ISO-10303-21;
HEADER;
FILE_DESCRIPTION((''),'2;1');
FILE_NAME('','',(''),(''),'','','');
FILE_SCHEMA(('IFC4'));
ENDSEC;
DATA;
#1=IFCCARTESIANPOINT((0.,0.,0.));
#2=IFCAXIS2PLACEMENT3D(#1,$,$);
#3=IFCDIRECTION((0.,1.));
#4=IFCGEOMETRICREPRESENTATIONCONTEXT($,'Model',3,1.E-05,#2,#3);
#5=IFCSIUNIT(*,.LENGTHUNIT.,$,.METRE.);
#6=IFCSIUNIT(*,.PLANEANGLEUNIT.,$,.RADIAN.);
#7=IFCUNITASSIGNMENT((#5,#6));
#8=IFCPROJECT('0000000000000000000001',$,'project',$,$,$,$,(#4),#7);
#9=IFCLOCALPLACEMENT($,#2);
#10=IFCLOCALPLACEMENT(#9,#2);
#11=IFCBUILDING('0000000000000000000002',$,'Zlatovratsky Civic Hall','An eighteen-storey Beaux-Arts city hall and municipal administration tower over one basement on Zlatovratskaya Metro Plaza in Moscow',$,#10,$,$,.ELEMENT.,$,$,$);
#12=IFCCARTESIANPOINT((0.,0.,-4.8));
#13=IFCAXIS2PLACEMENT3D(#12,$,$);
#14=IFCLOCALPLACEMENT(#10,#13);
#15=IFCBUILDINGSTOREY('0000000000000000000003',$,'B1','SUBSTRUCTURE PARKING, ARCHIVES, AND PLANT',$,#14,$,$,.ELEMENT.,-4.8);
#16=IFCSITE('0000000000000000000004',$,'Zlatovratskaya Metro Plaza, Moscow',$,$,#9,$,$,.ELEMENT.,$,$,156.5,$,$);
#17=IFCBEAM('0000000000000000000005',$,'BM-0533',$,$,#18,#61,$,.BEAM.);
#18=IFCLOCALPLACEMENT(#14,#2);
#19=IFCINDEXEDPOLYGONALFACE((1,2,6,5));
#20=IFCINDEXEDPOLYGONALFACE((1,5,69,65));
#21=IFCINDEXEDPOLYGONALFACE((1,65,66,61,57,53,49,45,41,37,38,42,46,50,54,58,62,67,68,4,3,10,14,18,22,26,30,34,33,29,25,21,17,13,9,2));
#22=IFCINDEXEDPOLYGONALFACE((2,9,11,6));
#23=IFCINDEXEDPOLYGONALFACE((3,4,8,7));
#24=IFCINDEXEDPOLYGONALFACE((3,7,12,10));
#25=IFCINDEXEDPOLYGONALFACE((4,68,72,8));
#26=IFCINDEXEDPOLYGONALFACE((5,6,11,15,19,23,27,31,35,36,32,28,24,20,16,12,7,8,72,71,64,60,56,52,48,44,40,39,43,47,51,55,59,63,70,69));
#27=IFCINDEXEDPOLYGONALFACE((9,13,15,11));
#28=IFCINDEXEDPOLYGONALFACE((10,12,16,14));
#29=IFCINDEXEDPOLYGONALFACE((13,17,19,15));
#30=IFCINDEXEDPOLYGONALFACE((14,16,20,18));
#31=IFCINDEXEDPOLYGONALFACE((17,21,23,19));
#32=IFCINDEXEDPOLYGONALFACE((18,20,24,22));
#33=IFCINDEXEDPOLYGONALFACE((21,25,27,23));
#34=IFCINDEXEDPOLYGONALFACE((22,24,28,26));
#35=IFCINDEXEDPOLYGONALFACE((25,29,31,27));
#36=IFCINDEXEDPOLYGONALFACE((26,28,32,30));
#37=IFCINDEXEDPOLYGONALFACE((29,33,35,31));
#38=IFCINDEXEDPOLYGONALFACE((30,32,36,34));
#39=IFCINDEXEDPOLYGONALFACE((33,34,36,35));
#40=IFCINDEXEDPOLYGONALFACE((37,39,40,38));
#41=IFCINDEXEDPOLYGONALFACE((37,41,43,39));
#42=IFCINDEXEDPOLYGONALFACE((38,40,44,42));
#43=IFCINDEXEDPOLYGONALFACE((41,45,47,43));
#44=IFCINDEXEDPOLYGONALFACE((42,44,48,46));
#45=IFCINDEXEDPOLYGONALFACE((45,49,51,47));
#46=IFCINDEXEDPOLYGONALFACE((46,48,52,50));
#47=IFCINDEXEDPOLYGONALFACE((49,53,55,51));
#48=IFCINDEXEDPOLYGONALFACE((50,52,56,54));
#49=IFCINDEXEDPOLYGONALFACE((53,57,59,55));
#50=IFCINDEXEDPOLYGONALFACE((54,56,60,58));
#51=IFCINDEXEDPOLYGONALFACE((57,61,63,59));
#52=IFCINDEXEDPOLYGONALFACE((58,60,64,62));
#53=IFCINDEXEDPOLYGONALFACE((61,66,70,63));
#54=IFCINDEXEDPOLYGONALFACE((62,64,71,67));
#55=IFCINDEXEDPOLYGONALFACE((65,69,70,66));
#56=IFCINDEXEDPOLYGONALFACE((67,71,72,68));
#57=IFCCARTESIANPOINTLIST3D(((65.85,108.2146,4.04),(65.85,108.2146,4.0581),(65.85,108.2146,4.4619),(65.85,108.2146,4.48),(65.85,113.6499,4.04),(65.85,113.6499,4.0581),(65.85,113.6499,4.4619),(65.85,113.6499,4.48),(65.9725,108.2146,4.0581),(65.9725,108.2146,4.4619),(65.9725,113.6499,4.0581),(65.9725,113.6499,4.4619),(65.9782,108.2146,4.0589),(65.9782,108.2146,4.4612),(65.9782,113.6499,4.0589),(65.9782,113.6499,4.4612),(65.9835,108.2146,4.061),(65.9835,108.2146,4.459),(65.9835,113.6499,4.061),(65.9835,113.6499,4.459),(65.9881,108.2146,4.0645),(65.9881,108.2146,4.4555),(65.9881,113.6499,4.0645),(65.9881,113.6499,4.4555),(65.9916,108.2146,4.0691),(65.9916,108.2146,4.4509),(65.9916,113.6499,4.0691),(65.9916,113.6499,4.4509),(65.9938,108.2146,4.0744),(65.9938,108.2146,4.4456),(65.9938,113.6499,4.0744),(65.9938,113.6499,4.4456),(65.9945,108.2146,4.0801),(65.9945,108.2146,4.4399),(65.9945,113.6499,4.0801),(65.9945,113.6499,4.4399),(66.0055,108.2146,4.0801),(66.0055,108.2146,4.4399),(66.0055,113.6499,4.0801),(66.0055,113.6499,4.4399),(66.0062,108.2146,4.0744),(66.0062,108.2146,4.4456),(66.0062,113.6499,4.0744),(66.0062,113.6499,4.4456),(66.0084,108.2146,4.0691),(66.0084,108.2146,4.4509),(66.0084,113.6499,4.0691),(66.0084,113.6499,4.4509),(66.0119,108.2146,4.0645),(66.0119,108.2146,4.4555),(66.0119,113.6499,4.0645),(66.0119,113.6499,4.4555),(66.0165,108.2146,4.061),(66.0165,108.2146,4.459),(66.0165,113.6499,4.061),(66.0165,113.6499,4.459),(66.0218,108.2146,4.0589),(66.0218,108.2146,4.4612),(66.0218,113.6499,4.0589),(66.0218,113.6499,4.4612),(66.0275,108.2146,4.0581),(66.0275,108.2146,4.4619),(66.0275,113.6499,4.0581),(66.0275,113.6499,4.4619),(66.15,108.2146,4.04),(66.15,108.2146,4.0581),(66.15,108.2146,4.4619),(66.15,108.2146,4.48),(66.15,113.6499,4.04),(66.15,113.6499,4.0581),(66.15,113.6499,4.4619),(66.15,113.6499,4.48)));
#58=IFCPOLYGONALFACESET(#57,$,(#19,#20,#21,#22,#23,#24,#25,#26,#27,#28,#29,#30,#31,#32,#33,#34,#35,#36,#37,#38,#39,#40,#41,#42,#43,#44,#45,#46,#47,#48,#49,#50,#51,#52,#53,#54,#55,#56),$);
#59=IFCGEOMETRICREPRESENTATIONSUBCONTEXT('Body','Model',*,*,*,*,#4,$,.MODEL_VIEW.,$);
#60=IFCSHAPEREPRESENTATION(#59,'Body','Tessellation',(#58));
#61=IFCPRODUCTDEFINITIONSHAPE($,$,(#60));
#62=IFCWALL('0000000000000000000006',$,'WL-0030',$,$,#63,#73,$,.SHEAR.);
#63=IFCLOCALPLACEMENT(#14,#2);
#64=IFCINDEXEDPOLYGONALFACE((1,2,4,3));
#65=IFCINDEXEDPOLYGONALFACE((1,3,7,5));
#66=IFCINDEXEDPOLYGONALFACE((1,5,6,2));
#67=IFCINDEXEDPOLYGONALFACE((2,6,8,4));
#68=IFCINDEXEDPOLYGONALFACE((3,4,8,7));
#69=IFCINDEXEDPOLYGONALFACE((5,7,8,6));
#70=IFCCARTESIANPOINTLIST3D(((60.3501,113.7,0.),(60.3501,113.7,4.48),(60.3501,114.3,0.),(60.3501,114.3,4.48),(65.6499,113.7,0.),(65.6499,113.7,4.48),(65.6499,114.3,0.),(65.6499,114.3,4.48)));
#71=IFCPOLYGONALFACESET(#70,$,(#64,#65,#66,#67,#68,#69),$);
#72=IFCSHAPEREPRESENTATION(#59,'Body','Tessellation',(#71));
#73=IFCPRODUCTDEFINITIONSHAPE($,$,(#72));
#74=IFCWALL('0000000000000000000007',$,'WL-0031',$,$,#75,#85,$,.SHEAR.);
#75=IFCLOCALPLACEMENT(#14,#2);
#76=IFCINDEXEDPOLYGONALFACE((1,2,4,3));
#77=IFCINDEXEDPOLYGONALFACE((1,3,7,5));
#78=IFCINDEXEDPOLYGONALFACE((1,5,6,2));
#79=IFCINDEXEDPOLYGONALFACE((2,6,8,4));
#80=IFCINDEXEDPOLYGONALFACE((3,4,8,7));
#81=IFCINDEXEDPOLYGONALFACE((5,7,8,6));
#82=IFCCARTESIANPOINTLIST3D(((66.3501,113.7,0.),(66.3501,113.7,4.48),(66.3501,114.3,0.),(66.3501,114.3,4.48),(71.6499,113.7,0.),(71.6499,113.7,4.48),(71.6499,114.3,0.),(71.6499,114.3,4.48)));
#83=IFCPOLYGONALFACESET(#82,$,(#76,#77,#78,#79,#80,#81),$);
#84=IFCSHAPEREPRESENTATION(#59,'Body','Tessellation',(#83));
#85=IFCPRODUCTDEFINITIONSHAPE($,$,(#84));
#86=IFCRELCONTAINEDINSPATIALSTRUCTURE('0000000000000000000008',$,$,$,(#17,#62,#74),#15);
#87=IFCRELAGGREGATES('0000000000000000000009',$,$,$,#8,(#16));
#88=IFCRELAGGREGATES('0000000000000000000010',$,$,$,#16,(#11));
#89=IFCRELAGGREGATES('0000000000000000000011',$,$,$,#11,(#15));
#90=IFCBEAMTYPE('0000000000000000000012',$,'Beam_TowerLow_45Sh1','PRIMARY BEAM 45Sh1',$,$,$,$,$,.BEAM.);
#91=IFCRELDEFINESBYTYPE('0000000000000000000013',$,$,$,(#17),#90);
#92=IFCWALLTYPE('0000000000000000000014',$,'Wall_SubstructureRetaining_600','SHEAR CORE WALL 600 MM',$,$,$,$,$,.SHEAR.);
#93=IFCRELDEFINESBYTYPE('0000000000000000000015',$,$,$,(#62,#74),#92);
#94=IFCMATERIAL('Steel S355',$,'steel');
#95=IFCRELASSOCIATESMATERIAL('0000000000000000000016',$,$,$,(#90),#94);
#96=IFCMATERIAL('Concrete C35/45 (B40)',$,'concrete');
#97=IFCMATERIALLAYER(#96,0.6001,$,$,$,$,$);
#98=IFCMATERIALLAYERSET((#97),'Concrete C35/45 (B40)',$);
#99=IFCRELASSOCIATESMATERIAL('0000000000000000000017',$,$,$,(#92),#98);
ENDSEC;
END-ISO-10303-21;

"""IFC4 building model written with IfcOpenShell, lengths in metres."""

from ifc_helpers import new_model, si_unit, direction, frame, frame_2d, origin, origin_2d, place, context, subcontext, project, spatial, rectangle, i_section, extrude, material, layer, layer_set, material_profile, profile_set, type_object, element, save


model = new_model("IFC4")

# Units and contexts
model_context = context("Model", 3, precision=1e-05, world=origin(), true_north=direction((0.0, 1.0)))
body_context = subcontext(model_context, "Body", "Model", "MODEL_VIEW")
ifc_project = project(units=[si_unit("LENGTHUNIT", "METRE"), si_unit("PLANEANGLEUNIT", "RADIAN")], contexts=[model_context])

# Site, building, storey
site_placement = place(None, origin())
site = spatial("IfcSite", under=ifc_project, at=site_placement, Name="Zlatovratskaya Metro Plaza, Moscow", CompositionType="ELEMENT", RefElevation=156.5)
building_placement = place(site_placement, origin())
building = spatial("IfcBuilding", under=site, at=building_placement, Name="Zlatovratsky Civic Hall", Description="An eighteen-storey Beaux-Arts city hall and municipal administration tower over one basement on Zlatovratskaya Metro Plaza in Moscow", CompositionType="ELEMENT")
storey_placement = place(building_placement, frame((0.0, 0.0, -4.8)))
storey = spatial("IfcBuildingStorey", under=building, at=storey_placement, Name="B1", Description="SUBSTRUCTURE PARKING, ARCHIVES, AND PLANT", CompositionType="ELEMENT", Elevation=-4.8)

# Shared definitions
ifc_material_1 = material(Name="Concrete C35/45 (B40)", Category="concrete")
ifc_material_2 = material(Name="Steel S355", Category="steel")

# Beam
ifc_material_profile_1 = material_profile(ifc_material_2, i_section(OverallWidth=0.3, OverallDepth=0.4399, WebThickness=0.011, FlangeThickness=0.0181, FilletRadius=0.022, at=origin_2d()), Name="45Sh1")
ifc_profile_set_1 = profile_set([ifc_material_profile_1], Name="Steel S355")
beam_type_1 = type_object("IfcBeamType", Name="Beam_TowerLow_45Sh1", Description="PRIMARY BEAM 45Sh1", PredefinedType="BEAM", material=ifc_profile_set_1)
beam_1_placement = place(storey_placement, frame((66.0, 108.2146, 4.26), z_axis=(0.0, 1.0, 0.0), x_axis=(-1.0, 0.0, 0.0)))
element("IfcBeam", 1, at=beam_1_placement, inside=storey, type_object=beam_type_1, Name="BM-0533", PredefinedType="BEAM", context=body_context, shape_type="SweptSolid", body=[
    extrude(i_section(OverallWidth=0.3, OverallDepth=0.4399, WebThickness=0.011, FlangeThickness=0.0181, FilletRadius=0.022, at=origin_2d()), origin(), (0.0, 0.0, 1.0), 5.4353),
])

# Walls
ifc_layer = layer(ifc_material_1, 0.6001)
ifc_layer_set = layer_set([ifc_layer], Name="Concrete C35/45 (B40)")
wall_type = type_object("IfcWallType", Name="Wall_SubstructureRetaining_600", Description="SHEAR CORE WALL 600 MM", PredefinedType="SHEAR", material=ifc_layer_set)
for number, where, z_axis, x_axis, name in (
    (2, (60.3501, 114.0, 0.0), (0.0, 0.0, 1.0), (1.0, 0.0, 0.0), "WL-0030"),
    (3, (66.3501, 114.0, 0.0), (0.0, 0.0, 1.0), (1.0, 0.0, 0.0), "WL-0031"),
):
    element("IfcWall", number, at=place(storey_placement, frame(where, z_axis=z_axis, x_axis=x_axis)), inside=storey, type_object=wall_type, Name=name, PredefinedType="SHEAR", context=body_context, shape_type="SweptSolid", body=[
        extrude(rectangle(XDim=5.2998, YDim=0.6001, at=frame_2d((2.6499, 0.0))), origin(), (0.0, 0.0, 1.0), 4.48),
    ])

save(model, "model.ifc")
